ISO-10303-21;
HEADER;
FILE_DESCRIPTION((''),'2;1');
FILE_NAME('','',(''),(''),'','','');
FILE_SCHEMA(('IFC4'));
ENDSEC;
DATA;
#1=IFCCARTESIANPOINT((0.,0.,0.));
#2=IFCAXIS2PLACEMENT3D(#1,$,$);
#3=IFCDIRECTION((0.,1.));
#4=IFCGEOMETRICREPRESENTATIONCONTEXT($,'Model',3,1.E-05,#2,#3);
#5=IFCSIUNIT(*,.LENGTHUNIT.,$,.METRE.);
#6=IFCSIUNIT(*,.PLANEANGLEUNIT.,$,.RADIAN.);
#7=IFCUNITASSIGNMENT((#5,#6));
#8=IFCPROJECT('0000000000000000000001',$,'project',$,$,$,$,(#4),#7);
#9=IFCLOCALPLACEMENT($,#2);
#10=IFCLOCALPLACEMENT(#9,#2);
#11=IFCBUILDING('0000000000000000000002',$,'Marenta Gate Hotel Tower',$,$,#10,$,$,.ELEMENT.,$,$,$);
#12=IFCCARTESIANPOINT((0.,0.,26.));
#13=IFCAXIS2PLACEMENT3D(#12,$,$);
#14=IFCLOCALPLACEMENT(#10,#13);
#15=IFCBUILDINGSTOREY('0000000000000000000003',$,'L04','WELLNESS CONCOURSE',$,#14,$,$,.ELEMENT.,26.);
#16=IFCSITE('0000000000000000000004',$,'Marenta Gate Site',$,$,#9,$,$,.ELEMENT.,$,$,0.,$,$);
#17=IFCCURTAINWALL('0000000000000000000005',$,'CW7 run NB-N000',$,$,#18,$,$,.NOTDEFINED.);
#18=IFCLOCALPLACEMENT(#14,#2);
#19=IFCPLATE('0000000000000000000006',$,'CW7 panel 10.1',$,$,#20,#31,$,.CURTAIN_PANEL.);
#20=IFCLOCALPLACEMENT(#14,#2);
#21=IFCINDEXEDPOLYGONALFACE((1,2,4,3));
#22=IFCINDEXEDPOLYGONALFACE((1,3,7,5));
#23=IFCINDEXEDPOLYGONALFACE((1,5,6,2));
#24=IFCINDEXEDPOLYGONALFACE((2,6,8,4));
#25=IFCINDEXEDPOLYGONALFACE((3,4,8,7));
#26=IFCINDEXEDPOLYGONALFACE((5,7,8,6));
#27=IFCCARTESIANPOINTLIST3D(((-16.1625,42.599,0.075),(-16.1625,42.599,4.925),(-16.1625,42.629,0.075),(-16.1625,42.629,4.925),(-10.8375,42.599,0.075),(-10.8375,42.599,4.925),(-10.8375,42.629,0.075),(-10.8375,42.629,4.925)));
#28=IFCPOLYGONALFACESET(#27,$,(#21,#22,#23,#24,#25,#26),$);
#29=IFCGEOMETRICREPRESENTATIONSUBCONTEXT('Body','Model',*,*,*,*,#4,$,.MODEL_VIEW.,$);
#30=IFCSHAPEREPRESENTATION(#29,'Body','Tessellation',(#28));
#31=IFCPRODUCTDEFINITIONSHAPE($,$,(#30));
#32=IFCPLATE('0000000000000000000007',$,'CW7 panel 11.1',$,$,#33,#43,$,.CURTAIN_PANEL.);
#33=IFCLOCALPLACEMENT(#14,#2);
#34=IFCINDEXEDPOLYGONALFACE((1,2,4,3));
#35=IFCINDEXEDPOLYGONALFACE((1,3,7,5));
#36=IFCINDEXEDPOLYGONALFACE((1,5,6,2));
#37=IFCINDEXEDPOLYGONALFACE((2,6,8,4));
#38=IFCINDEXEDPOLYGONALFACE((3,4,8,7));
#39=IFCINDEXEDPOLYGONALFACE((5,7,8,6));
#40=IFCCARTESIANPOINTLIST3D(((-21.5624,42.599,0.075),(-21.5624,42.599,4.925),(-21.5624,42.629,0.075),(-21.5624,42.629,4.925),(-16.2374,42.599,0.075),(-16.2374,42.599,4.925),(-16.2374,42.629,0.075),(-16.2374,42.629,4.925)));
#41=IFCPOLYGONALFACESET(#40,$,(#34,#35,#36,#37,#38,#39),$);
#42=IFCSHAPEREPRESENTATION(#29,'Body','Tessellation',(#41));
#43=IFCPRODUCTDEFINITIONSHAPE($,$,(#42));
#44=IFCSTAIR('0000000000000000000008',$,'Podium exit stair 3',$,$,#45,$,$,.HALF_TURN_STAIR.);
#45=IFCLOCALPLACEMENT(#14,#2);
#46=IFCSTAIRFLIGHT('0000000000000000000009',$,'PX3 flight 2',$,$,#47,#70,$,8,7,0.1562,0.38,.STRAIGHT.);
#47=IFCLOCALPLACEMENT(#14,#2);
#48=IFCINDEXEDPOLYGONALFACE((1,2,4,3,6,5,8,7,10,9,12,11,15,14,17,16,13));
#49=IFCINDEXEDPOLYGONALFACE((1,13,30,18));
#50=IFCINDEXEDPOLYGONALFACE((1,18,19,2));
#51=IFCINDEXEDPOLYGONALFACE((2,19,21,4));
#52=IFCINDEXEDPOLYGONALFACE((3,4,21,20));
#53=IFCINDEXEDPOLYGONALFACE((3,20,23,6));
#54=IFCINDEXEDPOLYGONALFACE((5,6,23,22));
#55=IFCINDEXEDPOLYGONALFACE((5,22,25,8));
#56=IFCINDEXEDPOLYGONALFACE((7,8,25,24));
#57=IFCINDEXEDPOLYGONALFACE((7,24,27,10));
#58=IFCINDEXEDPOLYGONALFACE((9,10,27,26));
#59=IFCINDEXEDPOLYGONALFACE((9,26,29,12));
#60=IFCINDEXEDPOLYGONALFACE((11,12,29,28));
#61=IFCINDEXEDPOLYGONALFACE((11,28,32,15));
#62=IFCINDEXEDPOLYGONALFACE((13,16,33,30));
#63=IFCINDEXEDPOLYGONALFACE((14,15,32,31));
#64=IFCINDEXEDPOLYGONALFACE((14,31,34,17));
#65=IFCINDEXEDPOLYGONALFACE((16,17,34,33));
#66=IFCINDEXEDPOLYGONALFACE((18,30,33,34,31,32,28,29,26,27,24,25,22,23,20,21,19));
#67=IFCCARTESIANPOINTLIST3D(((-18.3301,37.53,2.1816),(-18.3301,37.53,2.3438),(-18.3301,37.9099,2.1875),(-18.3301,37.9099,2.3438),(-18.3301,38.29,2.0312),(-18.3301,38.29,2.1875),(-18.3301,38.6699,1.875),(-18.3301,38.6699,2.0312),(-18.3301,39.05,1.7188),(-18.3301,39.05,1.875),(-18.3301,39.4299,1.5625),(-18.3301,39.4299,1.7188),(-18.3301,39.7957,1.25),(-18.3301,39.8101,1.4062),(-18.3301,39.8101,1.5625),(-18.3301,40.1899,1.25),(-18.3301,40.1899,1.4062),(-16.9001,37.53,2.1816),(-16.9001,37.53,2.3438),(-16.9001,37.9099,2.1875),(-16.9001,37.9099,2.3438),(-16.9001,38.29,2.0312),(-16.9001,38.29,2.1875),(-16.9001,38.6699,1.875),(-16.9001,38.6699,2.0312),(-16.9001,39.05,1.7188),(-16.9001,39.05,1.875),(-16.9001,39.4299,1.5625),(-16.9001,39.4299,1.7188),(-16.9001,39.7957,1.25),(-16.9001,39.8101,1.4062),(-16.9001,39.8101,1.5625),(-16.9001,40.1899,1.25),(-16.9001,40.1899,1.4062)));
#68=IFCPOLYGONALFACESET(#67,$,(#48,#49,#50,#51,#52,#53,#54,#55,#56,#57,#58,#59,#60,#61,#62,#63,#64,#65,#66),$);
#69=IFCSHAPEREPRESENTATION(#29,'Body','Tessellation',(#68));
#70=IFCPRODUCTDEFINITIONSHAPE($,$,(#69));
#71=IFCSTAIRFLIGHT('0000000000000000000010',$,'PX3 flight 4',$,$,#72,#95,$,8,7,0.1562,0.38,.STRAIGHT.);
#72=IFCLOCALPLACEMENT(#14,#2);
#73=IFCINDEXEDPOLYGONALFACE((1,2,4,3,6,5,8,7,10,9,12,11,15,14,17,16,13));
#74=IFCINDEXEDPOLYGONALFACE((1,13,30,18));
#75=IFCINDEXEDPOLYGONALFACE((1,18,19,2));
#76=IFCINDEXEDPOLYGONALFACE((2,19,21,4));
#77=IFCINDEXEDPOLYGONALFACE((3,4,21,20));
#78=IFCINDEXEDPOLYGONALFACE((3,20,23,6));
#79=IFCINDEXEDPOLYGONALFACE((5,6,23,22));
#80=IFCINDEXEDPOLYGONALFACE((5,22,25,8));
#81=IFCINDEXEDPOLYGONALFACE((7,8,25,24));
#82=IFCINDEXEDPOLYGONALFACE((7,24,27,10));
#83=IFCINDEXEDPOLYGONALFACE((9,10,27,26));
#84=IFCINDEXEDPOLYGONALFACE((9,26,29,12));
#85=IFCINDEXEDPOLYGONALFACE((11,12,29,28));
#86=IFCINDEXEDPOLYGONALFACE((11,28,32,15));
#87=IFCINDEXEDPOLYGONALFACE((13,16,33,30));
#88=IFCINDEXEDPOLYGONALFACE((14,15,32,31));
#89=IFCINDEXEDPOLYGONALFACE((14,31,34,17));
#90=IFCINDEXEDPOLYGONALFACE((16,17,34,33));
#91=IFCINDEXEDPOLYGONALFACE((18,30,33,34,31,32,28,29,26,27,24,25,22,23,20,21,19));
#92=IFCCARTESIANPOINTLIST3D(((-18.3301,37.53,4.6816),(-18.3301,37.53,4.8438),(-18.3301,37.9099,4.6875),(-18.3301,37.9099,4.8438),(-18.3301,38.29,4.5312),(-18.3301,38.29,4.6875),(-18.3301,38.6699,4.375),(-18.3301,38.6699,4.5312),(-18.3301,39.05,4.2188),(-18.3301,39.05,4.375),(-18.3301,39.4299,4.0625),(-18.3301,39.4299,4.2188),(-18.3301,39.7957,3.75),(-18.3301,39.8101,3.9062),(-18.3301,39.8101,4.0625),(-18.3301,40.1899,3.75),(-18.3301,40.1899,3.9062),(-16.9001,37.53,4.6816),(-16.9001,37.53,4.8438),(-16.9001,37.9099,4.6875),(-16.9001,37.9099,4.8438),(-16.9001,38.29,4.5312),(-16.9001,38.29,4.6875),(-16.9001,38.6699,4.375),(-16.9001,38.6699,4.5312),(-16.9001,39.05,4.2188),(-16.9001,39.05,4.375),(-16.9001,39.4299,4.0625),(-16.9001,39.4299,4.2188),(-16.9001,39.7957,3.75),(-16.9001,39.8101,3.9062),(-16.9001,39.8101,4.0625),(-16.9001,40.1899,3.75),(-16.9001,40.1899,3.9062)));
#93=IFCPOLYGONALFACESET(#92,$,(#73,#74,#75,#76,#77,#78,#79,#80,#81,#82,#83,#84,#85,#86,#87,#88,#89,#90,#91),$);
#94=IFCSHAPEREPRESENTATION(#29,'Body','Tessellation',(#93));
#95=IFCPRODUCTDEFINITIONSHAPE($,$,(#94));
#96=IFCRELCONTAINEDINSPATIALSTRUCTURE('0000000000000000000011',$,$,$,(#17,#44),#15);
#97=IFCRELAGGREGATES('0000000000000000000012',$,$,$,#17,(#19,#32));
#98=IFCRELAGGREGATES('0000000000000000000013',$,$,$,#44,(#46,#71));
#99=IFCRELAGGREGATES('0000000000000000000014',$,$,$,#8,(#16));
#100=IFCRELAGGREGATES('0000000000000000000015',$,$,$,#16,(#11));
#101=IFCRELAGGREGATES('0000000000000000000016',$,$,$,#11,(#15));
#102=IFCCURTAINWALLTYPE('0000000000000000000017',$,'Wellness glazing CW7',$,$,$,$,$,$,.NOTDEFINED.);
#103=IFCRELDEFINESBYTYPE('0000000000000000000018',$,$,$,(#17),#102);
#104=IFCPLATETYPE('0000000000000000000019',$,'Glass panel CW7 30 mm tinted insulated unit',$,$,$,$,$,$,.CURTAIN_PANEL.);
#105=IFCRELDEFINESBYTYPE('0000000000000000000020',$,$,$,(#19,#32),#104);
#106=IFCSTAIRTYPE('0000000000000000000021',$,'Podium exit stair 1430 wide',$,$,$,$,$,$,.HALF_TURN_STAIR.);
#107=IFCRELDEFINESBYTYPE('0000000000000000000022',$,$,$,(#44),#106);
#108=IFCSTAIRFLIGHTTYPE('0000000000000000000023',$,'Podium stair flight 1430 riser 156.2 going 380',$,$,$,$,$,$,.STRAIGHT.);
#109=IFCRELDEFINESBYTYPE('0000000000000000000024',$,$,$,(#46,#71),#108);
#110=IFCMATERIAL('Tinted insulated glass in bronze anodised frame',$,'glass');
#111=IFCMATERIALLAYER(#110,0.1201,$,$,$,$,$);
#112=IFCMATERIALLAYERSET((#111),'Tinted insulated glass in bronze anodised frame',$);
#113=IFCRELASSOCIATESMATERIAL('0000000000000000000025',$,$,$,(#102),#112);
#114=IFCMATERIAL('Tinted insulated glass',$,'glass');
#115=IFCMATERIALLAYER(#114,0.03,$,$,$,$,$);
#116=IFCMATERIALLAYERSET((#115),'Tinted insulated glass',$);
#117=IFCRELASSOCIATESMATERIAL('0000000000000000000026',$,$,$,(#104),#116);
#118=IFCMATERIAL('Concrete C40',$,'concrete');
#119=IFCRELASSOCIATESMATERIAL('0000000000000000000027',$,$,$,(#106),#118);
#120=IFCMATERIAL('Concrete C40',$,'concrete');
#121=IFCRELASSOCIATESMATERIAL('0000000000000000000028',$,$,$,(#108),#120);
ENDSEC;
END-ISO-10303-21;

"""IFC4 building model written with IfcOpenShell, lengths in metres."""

from ifc_helpers import new_model, si_unit, direction, frame, origin, origin_2d, place, context, subcontext, project, spatial, polyline, rectangle, outline, extrude, material, layer, layer_set, type_object, element, aggregate, save


model = new_model("IFC4")

# Units and contexts
model_context = context("Model", 3, precision=1e-05, world=origin(), true_north=direction((0.0, 1.0)))
body_context = subcontext(model_context, "Body", "Model", "MODEL_VIEW")
ifc_project = project(units=[si_unit("LENGTHUNIT", "METRE"), si_unit("PLANEANGLEUNIT", "RADIAN")], contexts=[model_context])

# Site, building, storey
site_placement = place(None, origin())
site = spatial("IfcSite", under=ifc_project, at=site_placement, Name="Marenta Gate Site", CompositionType="ELEMENT", RefElevation=0.0)
building_placement = place(site_placement, origin())
building = spatial("IfcBuilding", under=site, at=building_placement, Name="Marenta Gate Hotel Tower", CompositionType="ELEMENT")
storey_placement = place(building_placement, frame((0.0, 0.0, 26.0)))
storey = spatial("IfcBuildingStorey", under=building, at=storey_placement, Name="L04", Description="WELLNESS CONCOURSE", CompositionType="ELEMENT", Elevation=26.0)

# Curtain wall
ifc_material_1 = material(Name="Tinted insulated glass in bronze anodised frame", Category="glass")
ifc_layer_1 = layer(ifc_material_1, 0.1201)
ifc_layer_set_1 = layer_set([ifc_layer_1], Name="Tinted insulated glass in bronze anodised frame")
curtain_wall_type = type_object("IfcCurtainWallType", Name="Wellness glazing CW7", PredefinedType="NOTDEFINED", material=ifc_layer_set_1)
curtain_wall_placement = place(storey_placement, origin())
curtain_wall = element("IfcCurtainWall", 1, at=curtain_wall_placement, inside=storey, type_object=curtain_wall_type, Name="CW7 run NB-N000", PredefinedType="NOTDEFINED")

# Plates
ifc_material_2 = material(Name="Tinted insulated glass", Category="glass")
ifc_layer_2 = layer(ifc_material_2, 0.03)
ifc_layer_set_2 = layer_set([ifc_layer_2], Name="Tinted insulated glass")
plate_type = type_object("IfcPlateType", Name="Glass panel CW7 30 mm tinted insulated unit", PredefinedType="CURTAIN_PANEL", material=ifc_layer_set_2)
plate_1_placement = place(storey_placement, frame((-13.5, 42.614, 0.075), z_axis=(0.0, 0.0, 1.0), x_axis=(-1.0, 0.0, 0.0)))
plate_1 = element("IfcPlate", 2, at=plate_1_placement, type_object=plate_type, Name="CW7 panel 10.1", PredefinedType="CURTAIN_PANEL", context=body_context, shape_type="SweptSolid", body=[
    extrude(rectangle(XDim=5.325, YDim=0.03, at=origin_2d()), origin(), (0.0, 0.0, 1.0), 4.8501),
])
plate_2_placement = place(storey_placement, frame((-18.8999, 42.614, 0.075), z_axis=(0.0, 0.0, 1.0), x_axis=(-1.0, 0.0, 0.0)))
plate_2 = element("IfcPlate", 3, at=plate_2_placement, type_object=plate_type, Name="CW7 panel 11.1", PredefinedType="CURTAIN_PANEL", context=body_context, shape_type="SweptSolid", body=[
    extrude(rectangle(XDim=5.325, YDim=0.03, at=origin_2d()), origin(), (0.0, 0.0, 1.0), 4.8501),
])
aggregate(curtain_wall, [plate_1, plate_2])

# Stair, stair flights
ifc_material_3 = material(Name="Concrete C40", Category="concrete")
stair_type = type_object("IfcStairType", Name="Podium exit stair 1430 wide", PredefinedType="HALF_TURN_STAIR", material=ifc_material_3)
stair_placement = place(storey_placement, origin())
stair = element("IfcStair", 4, at=stair_placement, inside=storey, type_object=stair_type, Name="Podium exit stair 3", PredefinedType="HALF_TURN_STAIR")
ifc_material_4 = material(Name="Concrete C40", Category="concrete")
stair_flight_type = type_object("IfcStairFlightType", Name="Podium stair flight 1430 riser 156.2 going 380", PredefinedType="STRAIGHT", material=ifc_material_4)
stair_flight_1_placement = place(storey_placement, frame((-17.615, 40.1899, 1.25), z_axis=(0.0, 0.0, 1.0), x_axis=(0.0, -1.0, 0.0)))
stair_flight_1 = element("IfcStairFlight", 5, at=stair_flight_1_placement, type_object=stair_flight_type, Name="PX3 flight 2", NumberOfRisers=8, NumberOfTreads=7, PredefinedType="STRAIGHT", RiserHeight=0.1562, TreadLength=0.38, context=body_context, shape_type="SweptSolid", body=[
    extrude(outline(polyline([(0.0, 0.0), (0.0, 0.1562), (0.3799, 0.1562), (0.3799, 0.3125), (0.76, 0.3125), (0.76, 0.4688), (1.1399, 0.4688), (1.1399, 0.625), (1.52, 0.625), (1.52, 0.7812), (1.8999, 0.7812), (1.8999, 0.9375), (2.28, 0.9375), (2.28, 1.0938), (2.6599, 1.0938), (2.6599, 1.25), (2.6599, 0.9316), (0.3943, 0.0), (0.0, 0.0)])), frame((0.0, 0.7148, 0.0), z_axis=(0.0, -1.0, 0.0), x_axis=(1.0, 0.0, 0.0)), (0.0, 0.0, 1.0), 1.4299),
])
stair_flight_2_placement = place(storey_placement, frame((-17.615, 40.1899, 3.75), z_axis=(0.0, 0.0, 1.0), x_axis=(0.0, -1.0, 0.0)))
stair_flight_2 = element("IfcStairFlight", 6, at=stair_flight_2_placement, type_object=stair_flight_type, Name="PX3 flight 4", NumberOfRisers=8, NumberOfTreads=7, PredefinedType="STRAIGHT", RiserHeight=0.1562, TreadLength=0.38, context=body_context, shape_type="SweptSolid", body=[
    extrude(outline(polyline([(0.0, 0.0), (0.0, 0.1562), (0.3799, 0.1562), (0.3799, 0.3125), (0.76, 0.3125), (0.76, 0.4688), (1.1399, 0.4688), (1.1399, 0.625), (1.52, 0.625), (1.52, 0.7812), (1.8999, 0.7812), (1.8999, 0.9375), (2.28, 0.9375), (2.28, 1.0938), (2.6599, 1.0938), (2.6599, 1.25), (2.6599, 0.9316), (0.3943, 0.0), (0.0, 0.0)])), frame((0.0, 0.7148, 0.0), z_axis=(0.0, -1.0, 0.0), x_axis=(1.0, 0.0, 0.0)), (0.0, 0.0, 1.0), 1.4299),
])
aggregate(stair, [stair_flight_1, stair_flight_2])

save(model, "model.ifc")
